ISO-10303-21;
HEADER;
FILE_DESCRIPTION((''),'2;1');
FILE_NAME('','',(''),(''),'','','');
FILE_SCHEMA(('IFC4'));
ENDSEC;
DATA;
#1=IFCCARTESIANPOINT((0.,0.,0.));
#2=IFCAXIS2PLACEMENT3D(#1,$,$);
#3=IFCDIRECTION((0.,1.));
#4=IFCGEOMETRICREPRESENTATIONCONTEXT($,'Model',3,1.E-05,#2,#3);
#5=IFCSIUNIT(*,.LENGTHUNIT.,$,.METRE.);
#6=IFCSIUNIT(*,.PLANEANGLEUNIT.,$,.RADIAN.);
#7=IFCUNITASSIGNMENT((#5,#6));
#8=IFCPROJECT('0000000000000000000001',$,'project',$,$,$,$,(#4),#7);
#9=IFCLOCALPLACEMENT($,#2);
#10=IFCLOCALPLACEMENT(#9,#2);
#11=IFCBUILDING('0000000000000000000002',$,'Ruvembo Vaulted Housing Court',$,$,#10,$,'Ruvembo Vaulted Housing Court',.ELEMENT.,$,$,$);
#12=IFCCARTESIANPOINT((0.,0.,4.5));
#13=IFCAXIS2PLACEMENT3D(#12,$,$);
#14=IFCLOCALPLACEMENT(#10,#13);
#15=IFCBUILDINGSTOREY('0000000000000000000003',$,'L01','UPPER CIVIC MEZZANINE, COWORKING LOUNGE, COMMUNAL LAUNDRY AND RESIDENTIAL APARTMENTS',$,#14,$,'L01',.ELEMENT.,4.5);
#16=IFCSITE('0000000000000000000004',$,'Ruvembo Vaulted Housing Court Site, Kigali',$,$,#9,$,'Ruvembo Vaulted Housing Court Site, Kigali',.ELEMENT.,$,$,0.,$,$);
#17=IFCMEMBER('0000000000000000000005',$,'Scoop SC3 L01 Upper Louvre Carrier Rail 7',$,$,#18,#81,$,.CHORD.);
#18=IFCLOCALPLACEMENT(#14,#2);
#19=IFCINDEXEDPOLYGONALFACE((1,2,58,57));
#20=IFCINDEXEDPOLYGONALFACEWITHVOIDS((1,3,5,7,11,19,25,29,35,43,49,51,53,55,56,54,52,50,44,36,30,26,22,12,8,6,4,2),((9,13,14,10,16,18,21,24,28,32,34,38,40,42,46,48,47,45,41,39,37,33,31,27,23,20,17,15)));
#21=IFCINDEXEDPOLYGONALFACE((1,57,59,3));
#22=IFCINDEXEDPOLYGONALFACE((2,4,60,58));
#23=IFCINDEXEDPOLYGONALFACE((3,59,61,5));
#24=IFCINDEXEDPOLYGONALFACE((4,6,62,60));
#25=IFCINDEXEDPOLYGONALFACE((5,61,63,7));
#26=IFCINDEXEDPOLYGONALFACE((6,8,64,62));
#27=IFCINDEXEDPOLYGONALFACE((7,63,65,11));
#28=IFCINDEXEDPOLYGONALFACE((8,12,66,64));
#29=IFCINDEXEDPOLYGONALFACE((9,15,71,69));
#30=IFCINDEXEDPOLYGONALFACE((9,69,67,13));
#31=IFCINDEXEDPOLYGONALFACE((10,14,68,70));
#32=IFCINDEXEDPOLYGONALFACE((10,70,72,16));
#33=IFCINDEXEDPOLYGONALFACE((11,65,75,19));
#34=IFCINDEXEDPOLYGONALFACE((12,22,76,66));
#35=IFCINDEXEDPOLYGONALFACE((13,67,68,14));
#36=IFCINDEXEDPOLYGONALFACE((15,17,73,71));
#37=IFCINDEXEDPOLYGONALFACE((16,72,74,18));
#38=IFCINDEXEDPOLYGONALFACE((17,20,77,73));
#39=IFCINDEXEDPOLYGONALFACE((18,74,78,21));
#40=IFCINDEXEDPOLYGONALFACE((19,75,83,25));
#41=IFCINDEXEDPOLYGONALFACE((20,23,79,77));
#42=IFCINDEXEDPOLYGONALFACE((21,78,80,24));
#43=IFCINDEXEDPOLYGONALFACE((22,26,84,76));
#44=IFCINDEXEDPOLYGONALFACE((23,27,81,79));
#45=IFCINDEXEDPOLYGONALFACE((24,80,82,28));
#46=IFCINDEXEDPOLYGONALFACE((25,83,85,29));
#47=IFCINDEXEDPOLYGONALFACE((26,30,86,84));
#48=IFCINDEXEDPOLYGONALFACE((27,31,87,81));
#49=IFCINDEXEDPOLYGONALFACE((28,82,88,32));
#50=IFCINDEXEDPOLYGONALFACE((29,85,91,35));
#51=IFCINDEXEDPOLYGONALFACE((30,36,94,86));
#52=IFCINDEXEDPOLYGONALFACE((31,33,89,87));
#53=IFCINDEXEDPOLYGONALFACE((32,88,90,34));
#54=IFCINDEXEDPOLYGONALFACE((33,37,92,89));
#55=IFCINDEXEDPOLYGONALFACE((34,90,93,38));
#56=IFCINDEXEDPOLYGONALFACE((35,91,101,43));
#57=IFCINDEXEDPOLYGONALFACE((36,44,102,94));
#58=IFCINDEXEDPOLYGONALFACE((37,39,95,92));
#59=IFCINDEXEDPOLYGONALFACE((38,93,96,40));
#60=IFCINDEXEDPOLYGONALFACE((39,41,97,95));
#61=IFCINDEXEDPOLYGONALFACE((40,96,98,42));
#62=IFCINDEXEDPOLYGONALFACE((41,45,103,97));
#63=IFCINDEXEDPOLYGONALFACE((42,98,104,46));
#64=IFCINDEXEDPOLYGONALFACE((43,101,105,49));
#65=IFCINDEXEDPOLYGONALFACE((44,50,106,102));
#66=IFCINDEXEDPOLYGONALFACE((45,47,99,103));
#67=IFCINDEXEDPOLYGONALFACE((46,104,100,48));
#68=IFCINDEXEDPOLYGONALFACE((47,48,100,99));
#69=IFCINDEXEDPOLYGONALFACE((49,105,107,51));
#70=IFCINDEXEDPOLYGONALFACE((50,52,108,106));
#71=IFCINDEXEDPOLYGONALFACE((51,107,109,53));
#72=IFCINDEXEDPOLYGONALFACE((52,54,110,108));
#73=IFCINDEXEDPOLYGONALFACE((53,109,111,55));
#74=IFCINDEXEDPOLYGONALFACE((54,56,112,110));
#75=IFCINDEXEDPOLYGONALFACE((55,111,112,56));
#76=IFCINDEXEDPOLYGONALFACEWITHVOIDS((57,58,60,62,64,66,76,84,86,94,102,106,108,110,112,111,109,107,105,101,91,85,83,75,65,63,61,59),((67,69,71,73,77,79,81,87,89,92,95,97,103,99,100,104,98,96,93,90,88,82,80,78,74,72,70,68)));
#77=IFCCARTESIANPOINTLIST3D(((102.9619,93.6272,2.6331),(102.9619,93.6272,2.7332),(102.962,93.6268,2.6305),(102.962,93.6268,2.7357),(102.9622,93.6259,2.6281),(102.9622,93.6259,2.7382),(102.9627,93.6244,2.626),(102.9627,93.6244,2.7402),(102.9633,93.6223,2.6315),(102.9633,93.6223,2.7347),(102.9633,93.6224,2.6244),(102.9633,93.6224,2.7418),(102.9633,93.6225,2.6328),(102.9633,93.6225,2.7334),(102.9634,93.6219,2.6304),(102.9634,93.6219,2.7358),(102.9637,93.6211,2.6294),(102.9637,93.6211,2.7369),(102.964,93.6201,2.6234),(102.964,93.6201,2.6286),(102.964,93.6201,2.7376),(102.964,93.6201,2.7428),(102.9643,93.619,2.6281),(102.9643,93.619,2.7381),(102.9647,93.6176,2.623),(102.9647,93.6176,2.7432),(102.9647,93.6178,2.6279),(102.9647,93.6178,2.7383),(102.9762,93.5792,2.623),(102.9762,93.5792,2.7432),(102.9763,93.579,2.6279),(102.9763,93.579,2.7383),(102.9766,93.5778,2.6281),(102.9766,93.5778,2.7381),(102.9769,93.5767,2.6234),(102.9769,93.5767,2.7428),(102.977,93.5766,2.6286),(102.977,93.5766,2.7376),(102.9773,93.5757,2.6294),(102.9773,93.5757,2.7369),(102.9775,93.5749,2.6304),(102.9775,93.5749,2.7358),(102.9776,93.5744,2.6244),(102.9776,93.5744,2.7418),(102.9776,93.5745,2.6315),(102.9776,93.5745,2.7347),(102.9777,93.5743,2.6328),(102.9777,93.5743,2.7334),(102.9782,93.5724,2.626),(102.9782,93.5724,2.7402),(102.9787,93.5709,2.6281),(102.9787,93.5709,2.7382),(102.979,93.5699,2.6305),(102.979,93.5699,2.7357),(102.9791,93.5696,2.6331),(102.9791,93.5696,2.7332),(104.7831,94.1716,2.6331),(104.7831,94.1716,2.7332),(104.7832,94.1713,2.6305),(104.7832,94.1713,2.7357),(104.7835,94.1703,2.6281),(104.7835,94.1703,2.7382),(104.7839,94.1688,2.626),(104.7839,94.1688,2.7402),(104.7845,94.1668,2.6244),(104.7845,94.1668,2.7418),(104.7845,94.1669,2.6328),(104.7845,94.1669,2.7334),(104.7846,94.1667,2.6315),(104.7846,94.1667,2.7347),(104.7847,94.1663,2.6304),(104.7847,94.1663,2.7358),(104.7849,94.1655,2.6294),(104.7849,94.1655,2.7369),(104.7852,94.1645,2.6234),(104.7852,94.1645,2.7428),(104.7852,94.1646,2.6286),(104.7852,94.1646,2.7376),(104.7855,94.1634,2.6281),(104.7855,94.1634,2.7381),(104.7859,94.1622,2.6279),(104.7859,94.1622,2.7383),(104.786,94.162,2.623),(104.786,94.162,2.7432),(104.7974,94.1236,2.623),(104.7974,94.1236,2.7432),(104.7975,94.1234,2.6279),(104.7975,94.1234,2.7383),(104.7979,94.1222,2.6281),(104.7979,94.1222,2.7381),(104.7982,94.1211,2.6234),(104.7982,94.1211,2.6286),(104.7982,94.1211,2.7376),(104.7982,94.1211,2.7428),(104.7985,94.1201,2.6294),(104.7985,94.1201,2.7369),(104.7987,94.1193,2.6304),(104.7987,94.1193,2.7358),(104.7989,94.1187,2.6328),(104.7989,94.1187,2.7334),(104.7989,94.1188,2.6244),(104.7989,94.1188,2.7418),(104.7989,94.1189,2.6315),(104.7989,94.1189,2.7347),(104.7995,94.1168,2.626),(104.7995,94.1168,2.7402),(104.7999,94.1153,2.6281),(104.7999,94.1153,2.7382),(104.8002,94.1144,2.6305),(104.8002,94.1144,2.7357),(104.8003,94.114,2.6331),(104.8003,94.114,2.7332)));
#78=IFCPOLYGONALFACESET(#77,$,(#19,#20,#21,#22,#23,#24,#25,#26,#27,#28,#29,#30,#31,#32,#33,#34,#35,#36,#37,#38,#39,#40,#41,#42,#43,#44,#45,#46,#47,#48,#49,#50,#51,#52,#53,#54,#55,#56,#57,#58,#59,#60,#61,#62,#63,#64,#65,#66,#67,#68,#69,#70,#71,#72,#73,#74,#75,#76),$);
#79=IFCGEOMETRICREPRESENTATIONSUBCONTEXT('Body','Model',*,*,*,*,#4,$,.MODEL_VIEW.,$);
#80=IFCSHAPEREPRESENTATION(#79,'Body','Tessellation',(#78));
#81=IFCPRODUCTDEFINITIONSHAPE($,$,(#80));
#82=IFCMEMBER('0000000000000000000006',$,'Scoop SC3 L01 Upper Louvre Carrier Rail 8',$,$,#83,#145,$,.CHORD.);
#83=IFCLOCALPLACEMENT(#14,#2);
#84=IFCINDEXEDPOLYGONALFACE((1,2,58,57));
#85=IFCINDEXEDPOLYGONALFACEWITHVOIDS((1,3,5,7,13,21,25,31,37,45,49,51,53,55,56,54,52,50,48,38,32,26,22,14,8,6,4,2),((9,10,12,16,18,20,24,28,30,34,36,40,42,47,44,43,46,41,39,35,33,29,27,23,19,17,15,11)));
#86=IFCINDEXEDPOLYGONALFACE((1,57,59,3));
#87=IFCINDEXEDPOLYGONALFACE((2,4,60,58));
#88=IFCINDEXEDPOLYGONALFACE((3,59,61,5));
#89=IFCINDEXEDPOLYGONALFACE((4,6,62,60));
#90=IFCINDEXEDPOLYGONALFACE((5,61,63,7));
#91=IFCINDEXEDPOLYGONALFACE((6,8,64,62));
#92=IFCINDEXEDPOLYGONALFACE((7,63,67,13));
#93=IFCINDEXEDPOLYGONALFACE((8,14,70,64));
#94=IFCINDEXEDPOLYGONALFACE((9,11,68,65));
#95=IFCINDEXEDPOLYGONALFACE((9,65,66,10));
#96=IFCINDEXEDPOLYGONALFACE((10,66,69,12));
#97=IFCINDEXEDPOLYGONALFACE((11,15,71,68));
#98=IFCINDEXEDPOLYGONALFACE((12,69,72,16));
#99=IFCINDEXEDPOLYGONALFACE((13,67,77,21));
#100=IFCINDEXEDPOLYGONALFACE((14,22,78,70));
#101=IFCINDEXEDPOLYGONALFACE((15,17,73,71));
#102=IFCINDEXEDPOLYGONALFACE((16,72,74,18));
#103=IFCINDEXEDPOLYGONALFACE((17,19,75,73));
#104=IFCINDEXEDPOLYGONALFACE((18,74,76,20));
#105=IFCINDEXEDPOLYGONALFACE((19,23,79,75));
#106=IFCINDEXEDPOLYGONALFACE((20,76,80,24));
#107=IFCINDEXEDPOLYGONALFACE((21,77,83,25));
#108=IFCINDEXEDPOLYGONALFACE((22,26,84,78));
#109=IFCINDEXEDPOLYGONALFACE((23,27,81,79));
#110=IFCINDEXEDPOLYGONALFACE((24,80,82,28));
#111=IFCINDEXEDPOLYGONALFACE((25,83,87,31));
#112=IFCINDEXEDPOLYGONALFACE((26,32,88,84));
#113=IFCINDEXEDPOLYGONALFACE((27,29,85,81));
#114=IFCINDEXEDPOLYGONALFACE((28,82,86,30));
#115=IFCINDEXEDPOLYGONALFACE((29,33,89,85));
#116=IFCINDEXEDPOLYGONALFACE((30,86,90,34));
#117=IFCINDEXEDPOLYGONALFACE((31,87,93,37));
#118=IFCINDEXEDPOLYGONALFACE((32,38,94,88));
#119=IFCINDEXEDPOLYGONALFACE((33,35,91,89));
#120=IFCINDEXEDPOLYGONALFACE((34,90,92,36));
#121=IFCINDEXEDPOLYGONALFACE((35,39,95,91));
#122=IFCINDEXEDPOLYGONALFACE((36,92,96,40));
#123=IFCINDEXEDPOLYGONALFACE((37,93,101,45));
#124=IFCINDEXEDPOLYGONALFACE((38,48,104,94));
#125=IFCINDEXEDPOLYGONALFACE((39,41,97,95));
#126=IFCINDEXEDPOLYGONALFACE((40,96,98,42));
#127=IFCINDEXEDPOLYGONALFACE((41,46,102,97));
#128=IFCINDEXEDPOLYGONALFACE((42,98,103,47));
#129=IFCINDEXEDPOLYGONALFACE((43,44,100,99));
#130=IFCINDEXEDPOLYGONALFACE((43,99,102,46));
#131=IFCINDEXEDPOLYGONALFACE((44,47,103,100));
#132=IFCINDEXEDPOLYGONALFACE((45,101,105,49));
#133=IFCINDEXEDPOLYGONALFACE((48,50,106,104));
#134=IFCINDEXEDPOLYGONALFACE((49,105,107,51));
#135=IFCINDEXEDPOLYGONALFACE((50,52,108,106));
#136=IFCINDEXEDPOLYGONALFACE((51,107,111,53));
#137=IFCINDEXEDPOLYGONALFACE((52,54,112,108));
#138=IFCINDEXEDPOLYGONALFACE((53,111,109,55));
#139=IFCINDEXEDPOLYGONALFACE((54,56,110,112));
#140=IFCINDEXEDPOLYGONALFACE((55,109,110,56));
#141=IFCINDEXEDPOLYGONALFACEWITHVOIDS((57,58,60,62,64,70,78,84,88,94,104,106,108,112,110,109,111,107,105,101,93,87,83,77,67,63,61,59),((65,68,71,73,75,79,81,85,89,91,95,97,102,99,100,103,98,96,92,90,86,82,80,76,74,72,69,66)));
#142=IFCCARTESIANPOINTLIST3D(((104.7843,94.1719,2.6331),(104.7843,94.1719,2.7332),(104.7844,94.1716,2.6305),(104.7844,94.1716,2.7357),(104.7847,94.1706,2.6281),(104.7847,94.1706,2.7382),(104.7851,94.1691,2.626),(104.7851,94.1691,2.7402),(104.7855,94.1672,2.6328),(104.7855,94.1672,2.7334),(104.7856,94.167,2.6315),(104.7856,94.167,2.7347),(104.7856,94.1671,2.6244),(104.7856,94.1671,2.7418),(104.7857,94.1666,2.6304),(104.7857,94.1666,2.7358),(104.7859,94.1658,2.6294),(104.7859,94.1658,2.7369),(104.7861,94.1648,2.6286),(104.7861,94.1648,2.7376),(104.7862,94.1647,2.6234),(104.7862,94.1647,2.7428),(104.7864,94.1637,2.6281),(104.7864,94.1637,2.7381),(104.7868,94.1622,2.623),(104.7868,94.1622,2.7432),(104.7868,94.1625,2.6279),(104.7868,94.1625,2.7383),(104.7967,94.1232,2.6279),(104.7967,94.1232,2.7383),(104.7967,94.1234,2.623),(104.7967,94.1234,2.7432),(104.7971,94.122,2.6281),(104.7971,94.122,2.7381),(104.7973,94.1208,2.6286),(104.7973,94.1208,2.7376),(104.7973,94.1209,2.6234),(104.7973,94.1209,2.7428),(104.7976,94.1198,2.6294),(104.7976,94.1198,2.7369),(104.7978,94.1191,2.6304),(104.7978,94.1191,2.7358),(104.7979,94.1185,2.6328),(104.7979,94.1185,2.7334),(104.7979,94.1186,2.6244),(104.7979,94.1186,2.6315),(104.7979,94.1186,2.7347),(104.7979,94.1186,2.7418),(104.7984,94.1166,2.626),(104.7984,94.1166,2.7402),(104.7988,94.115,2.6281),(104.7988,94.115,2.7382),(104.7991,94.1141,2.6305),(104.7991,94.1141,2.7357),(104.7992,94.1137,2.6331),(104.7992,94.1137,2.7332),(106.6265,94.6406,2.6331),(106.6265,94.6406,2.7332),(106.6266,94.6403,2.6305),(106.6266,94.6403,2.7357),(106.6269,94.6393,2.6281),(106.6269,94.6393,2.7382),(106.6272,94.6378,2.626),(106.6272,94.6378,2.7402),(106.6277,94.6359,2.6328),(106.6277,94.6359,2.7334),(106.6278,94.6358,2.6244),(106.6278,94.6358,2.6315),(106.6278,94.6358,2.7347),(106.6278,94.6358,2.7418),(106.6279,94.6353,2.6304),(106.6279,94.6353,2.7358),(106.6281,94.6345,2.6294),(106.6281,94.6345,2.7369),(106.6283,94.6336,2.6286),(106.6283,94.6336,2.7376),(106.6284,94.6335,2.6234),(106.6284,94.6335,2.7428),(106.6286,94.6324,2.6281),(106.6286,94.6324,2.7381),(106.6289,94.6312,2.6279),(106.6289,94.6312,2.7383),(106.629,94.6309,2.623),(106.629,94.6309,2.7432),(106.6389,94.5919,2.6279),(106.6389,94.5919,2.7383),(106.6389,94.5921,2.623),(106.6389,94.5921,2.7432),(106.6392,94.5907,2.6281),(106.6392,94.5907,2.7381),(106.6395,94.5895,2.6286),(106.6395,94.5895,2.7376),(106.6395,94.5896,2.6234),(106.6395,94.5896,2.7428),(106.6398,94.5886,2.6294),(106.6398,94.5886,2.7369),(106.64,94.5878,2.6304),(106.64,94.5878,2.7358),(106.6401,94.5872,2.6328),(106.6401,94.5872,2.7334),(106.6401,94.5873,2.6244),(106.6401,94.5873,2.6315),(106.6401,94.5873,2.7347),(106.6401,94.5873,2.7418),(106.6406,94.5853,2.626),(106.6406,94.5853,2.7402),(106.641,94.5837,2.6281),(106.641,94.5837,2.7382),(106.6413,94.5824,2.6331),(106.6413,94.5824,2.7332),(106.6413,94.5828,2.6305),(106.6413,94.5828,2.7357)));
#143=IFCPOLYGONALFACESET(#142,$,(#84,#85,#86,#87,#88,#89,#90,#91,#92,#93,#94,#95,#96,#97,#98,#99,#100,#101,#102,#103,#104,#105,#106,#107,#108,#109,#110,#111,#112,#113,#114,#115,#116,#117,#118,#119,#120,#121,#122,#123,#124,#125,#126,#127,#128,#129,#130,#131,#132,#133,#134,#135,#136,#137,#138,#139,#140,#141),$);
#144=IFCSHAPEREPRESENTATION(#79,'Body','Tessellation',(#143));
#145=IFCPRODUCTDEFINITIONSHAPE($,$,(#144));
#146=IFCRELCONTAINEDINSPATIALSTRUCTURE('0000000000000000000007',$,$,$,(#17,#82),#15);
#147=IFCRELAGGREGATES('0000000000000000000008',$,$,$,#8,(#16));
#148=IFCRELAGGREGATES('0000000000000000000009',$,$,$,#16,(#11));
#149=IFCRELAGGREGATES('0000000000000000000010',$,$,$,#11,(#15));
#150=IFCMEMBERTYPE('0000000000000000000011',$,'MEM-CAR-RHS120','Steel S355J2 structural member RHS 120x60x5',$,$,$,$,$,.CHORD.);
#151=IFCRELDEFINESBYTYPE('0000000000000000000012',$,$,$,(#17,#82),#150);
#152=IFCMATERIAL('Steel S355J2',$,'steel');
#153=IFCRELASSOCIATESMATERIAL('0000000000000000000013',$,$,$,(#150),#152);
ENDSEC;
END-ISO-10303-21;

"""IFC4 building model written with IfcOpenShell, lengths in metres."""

from ifc_helpers import new_model, si_unit, direction, frame, origin, origin_2d, place, context, subcontext, project, spatial, hollow_rectangle, extrude, material, material_profile, profile_set, type_object, element, save


model = new_model("IFC4")

# Units and contexts
model_context = context("Model", 3, precision=1e-05, world=origin(), true_north=direction((0.0, 1.0)))
body_context = subcontext(model_context, "Body", "Model", "MODEL_VIEW")
ifc_project = project(units=[si_unit("LENGTHUNIT", "METRE"), si_unit("PLANEANGLEUNIT", "RADIAN")], contexts=[model_context])

# Site, building, storey
site_placement = place(None, origin())
site = spatial("IfcSite", under=ifc_project, at=site_placement, Name="Ruvembo Vaulted Housing Court Site, Kigali", LongName="Ruvembo Vaulted Housing Court Site, Kigali", CompositionType="ELEMENT", RefElevation=0.0)
building_placement = place(site_placement, origin())
building = spatial("IfcBuilding", under=site, at=building_placement, Name="Ruvembo Vaulted Housing Court", LongName="Ruvembo Vaulted Housing Court", CompositionType="ELEMENT")
storey_placement = place(building_placement, frame((0.0, 0.0, 4.5)))
storey = spatial("IfcBuildingStorey", under=building, at=storey_placement, Name="L01", Description="UPPER CIVIC MEZZANINE, COWORKING LOUNGE, COMMUNAL LAUNDRY AND RESIDENTIAL APARTMENTS", LongName="L01", CompositionType="ELEMENT", Elevation=4.5)

# Shared definitions
ifc_material_1 = material(Name="Steel S355J2", Category="steel")

# Members
ifc_material_profile_1 = material_profile(ifc_material_1, hollow_rectangle(XDim=0.0601, YDim=0.1201, WallThickness=0.0049, InnerFilletRadius=0.0049, OuterFilletRadius=0.01, at=origin_2d()), Name="RHS 120x60x5")
ifc_profile_set_1 = profile_set([ifc_material_profile_1], Name="Steel S355J2")
member_type_1 = type_object("IfcMemberType", Name="MEM-CAR-RHS120", Description="Steel S355J2 structural member RHS 120x60x5", PredefinedType="CHORD", material=ifc_profile_set_1)
for number, where, z_axis, x_axis, name in (
    (1, (102.9705, 93.5984, 2.6831), (0.958109, 0.286405, 0.0), (-0.286405, 0.958109, 0.0), "Scoop SC3 L01 Upper Louvre Carrier Rail 7"),
    (2, (104.7917, 94.1428, 2.6831), (0.969122, 0.246583, 0.0), (-0.246583, 0.969122, 0.0), "Scoop SC3 L01 Upper Louvre Carrier Rail 8"),
):
    element("IfcMember", number, at=place(storey_placement, frame(where, z_axis=z_axis, x_axis=x_axis)), inside=storey, type_object=member_type_1, Name=name, PredefinedType="CHORD", context=body_context, shape_type="SweptSolid", body=[
        extrude(hollow_rectangle(XDim=0.0601, YDim=0.1201, WallThickness=0.0049, InnerFilletRadius=0.0049, OuterFilletRadius=0.01, at=origin_2d()), origin(), (0.0, 0.0, 1.0), 1.9009),
    ])

save(model, "model.ifc")
